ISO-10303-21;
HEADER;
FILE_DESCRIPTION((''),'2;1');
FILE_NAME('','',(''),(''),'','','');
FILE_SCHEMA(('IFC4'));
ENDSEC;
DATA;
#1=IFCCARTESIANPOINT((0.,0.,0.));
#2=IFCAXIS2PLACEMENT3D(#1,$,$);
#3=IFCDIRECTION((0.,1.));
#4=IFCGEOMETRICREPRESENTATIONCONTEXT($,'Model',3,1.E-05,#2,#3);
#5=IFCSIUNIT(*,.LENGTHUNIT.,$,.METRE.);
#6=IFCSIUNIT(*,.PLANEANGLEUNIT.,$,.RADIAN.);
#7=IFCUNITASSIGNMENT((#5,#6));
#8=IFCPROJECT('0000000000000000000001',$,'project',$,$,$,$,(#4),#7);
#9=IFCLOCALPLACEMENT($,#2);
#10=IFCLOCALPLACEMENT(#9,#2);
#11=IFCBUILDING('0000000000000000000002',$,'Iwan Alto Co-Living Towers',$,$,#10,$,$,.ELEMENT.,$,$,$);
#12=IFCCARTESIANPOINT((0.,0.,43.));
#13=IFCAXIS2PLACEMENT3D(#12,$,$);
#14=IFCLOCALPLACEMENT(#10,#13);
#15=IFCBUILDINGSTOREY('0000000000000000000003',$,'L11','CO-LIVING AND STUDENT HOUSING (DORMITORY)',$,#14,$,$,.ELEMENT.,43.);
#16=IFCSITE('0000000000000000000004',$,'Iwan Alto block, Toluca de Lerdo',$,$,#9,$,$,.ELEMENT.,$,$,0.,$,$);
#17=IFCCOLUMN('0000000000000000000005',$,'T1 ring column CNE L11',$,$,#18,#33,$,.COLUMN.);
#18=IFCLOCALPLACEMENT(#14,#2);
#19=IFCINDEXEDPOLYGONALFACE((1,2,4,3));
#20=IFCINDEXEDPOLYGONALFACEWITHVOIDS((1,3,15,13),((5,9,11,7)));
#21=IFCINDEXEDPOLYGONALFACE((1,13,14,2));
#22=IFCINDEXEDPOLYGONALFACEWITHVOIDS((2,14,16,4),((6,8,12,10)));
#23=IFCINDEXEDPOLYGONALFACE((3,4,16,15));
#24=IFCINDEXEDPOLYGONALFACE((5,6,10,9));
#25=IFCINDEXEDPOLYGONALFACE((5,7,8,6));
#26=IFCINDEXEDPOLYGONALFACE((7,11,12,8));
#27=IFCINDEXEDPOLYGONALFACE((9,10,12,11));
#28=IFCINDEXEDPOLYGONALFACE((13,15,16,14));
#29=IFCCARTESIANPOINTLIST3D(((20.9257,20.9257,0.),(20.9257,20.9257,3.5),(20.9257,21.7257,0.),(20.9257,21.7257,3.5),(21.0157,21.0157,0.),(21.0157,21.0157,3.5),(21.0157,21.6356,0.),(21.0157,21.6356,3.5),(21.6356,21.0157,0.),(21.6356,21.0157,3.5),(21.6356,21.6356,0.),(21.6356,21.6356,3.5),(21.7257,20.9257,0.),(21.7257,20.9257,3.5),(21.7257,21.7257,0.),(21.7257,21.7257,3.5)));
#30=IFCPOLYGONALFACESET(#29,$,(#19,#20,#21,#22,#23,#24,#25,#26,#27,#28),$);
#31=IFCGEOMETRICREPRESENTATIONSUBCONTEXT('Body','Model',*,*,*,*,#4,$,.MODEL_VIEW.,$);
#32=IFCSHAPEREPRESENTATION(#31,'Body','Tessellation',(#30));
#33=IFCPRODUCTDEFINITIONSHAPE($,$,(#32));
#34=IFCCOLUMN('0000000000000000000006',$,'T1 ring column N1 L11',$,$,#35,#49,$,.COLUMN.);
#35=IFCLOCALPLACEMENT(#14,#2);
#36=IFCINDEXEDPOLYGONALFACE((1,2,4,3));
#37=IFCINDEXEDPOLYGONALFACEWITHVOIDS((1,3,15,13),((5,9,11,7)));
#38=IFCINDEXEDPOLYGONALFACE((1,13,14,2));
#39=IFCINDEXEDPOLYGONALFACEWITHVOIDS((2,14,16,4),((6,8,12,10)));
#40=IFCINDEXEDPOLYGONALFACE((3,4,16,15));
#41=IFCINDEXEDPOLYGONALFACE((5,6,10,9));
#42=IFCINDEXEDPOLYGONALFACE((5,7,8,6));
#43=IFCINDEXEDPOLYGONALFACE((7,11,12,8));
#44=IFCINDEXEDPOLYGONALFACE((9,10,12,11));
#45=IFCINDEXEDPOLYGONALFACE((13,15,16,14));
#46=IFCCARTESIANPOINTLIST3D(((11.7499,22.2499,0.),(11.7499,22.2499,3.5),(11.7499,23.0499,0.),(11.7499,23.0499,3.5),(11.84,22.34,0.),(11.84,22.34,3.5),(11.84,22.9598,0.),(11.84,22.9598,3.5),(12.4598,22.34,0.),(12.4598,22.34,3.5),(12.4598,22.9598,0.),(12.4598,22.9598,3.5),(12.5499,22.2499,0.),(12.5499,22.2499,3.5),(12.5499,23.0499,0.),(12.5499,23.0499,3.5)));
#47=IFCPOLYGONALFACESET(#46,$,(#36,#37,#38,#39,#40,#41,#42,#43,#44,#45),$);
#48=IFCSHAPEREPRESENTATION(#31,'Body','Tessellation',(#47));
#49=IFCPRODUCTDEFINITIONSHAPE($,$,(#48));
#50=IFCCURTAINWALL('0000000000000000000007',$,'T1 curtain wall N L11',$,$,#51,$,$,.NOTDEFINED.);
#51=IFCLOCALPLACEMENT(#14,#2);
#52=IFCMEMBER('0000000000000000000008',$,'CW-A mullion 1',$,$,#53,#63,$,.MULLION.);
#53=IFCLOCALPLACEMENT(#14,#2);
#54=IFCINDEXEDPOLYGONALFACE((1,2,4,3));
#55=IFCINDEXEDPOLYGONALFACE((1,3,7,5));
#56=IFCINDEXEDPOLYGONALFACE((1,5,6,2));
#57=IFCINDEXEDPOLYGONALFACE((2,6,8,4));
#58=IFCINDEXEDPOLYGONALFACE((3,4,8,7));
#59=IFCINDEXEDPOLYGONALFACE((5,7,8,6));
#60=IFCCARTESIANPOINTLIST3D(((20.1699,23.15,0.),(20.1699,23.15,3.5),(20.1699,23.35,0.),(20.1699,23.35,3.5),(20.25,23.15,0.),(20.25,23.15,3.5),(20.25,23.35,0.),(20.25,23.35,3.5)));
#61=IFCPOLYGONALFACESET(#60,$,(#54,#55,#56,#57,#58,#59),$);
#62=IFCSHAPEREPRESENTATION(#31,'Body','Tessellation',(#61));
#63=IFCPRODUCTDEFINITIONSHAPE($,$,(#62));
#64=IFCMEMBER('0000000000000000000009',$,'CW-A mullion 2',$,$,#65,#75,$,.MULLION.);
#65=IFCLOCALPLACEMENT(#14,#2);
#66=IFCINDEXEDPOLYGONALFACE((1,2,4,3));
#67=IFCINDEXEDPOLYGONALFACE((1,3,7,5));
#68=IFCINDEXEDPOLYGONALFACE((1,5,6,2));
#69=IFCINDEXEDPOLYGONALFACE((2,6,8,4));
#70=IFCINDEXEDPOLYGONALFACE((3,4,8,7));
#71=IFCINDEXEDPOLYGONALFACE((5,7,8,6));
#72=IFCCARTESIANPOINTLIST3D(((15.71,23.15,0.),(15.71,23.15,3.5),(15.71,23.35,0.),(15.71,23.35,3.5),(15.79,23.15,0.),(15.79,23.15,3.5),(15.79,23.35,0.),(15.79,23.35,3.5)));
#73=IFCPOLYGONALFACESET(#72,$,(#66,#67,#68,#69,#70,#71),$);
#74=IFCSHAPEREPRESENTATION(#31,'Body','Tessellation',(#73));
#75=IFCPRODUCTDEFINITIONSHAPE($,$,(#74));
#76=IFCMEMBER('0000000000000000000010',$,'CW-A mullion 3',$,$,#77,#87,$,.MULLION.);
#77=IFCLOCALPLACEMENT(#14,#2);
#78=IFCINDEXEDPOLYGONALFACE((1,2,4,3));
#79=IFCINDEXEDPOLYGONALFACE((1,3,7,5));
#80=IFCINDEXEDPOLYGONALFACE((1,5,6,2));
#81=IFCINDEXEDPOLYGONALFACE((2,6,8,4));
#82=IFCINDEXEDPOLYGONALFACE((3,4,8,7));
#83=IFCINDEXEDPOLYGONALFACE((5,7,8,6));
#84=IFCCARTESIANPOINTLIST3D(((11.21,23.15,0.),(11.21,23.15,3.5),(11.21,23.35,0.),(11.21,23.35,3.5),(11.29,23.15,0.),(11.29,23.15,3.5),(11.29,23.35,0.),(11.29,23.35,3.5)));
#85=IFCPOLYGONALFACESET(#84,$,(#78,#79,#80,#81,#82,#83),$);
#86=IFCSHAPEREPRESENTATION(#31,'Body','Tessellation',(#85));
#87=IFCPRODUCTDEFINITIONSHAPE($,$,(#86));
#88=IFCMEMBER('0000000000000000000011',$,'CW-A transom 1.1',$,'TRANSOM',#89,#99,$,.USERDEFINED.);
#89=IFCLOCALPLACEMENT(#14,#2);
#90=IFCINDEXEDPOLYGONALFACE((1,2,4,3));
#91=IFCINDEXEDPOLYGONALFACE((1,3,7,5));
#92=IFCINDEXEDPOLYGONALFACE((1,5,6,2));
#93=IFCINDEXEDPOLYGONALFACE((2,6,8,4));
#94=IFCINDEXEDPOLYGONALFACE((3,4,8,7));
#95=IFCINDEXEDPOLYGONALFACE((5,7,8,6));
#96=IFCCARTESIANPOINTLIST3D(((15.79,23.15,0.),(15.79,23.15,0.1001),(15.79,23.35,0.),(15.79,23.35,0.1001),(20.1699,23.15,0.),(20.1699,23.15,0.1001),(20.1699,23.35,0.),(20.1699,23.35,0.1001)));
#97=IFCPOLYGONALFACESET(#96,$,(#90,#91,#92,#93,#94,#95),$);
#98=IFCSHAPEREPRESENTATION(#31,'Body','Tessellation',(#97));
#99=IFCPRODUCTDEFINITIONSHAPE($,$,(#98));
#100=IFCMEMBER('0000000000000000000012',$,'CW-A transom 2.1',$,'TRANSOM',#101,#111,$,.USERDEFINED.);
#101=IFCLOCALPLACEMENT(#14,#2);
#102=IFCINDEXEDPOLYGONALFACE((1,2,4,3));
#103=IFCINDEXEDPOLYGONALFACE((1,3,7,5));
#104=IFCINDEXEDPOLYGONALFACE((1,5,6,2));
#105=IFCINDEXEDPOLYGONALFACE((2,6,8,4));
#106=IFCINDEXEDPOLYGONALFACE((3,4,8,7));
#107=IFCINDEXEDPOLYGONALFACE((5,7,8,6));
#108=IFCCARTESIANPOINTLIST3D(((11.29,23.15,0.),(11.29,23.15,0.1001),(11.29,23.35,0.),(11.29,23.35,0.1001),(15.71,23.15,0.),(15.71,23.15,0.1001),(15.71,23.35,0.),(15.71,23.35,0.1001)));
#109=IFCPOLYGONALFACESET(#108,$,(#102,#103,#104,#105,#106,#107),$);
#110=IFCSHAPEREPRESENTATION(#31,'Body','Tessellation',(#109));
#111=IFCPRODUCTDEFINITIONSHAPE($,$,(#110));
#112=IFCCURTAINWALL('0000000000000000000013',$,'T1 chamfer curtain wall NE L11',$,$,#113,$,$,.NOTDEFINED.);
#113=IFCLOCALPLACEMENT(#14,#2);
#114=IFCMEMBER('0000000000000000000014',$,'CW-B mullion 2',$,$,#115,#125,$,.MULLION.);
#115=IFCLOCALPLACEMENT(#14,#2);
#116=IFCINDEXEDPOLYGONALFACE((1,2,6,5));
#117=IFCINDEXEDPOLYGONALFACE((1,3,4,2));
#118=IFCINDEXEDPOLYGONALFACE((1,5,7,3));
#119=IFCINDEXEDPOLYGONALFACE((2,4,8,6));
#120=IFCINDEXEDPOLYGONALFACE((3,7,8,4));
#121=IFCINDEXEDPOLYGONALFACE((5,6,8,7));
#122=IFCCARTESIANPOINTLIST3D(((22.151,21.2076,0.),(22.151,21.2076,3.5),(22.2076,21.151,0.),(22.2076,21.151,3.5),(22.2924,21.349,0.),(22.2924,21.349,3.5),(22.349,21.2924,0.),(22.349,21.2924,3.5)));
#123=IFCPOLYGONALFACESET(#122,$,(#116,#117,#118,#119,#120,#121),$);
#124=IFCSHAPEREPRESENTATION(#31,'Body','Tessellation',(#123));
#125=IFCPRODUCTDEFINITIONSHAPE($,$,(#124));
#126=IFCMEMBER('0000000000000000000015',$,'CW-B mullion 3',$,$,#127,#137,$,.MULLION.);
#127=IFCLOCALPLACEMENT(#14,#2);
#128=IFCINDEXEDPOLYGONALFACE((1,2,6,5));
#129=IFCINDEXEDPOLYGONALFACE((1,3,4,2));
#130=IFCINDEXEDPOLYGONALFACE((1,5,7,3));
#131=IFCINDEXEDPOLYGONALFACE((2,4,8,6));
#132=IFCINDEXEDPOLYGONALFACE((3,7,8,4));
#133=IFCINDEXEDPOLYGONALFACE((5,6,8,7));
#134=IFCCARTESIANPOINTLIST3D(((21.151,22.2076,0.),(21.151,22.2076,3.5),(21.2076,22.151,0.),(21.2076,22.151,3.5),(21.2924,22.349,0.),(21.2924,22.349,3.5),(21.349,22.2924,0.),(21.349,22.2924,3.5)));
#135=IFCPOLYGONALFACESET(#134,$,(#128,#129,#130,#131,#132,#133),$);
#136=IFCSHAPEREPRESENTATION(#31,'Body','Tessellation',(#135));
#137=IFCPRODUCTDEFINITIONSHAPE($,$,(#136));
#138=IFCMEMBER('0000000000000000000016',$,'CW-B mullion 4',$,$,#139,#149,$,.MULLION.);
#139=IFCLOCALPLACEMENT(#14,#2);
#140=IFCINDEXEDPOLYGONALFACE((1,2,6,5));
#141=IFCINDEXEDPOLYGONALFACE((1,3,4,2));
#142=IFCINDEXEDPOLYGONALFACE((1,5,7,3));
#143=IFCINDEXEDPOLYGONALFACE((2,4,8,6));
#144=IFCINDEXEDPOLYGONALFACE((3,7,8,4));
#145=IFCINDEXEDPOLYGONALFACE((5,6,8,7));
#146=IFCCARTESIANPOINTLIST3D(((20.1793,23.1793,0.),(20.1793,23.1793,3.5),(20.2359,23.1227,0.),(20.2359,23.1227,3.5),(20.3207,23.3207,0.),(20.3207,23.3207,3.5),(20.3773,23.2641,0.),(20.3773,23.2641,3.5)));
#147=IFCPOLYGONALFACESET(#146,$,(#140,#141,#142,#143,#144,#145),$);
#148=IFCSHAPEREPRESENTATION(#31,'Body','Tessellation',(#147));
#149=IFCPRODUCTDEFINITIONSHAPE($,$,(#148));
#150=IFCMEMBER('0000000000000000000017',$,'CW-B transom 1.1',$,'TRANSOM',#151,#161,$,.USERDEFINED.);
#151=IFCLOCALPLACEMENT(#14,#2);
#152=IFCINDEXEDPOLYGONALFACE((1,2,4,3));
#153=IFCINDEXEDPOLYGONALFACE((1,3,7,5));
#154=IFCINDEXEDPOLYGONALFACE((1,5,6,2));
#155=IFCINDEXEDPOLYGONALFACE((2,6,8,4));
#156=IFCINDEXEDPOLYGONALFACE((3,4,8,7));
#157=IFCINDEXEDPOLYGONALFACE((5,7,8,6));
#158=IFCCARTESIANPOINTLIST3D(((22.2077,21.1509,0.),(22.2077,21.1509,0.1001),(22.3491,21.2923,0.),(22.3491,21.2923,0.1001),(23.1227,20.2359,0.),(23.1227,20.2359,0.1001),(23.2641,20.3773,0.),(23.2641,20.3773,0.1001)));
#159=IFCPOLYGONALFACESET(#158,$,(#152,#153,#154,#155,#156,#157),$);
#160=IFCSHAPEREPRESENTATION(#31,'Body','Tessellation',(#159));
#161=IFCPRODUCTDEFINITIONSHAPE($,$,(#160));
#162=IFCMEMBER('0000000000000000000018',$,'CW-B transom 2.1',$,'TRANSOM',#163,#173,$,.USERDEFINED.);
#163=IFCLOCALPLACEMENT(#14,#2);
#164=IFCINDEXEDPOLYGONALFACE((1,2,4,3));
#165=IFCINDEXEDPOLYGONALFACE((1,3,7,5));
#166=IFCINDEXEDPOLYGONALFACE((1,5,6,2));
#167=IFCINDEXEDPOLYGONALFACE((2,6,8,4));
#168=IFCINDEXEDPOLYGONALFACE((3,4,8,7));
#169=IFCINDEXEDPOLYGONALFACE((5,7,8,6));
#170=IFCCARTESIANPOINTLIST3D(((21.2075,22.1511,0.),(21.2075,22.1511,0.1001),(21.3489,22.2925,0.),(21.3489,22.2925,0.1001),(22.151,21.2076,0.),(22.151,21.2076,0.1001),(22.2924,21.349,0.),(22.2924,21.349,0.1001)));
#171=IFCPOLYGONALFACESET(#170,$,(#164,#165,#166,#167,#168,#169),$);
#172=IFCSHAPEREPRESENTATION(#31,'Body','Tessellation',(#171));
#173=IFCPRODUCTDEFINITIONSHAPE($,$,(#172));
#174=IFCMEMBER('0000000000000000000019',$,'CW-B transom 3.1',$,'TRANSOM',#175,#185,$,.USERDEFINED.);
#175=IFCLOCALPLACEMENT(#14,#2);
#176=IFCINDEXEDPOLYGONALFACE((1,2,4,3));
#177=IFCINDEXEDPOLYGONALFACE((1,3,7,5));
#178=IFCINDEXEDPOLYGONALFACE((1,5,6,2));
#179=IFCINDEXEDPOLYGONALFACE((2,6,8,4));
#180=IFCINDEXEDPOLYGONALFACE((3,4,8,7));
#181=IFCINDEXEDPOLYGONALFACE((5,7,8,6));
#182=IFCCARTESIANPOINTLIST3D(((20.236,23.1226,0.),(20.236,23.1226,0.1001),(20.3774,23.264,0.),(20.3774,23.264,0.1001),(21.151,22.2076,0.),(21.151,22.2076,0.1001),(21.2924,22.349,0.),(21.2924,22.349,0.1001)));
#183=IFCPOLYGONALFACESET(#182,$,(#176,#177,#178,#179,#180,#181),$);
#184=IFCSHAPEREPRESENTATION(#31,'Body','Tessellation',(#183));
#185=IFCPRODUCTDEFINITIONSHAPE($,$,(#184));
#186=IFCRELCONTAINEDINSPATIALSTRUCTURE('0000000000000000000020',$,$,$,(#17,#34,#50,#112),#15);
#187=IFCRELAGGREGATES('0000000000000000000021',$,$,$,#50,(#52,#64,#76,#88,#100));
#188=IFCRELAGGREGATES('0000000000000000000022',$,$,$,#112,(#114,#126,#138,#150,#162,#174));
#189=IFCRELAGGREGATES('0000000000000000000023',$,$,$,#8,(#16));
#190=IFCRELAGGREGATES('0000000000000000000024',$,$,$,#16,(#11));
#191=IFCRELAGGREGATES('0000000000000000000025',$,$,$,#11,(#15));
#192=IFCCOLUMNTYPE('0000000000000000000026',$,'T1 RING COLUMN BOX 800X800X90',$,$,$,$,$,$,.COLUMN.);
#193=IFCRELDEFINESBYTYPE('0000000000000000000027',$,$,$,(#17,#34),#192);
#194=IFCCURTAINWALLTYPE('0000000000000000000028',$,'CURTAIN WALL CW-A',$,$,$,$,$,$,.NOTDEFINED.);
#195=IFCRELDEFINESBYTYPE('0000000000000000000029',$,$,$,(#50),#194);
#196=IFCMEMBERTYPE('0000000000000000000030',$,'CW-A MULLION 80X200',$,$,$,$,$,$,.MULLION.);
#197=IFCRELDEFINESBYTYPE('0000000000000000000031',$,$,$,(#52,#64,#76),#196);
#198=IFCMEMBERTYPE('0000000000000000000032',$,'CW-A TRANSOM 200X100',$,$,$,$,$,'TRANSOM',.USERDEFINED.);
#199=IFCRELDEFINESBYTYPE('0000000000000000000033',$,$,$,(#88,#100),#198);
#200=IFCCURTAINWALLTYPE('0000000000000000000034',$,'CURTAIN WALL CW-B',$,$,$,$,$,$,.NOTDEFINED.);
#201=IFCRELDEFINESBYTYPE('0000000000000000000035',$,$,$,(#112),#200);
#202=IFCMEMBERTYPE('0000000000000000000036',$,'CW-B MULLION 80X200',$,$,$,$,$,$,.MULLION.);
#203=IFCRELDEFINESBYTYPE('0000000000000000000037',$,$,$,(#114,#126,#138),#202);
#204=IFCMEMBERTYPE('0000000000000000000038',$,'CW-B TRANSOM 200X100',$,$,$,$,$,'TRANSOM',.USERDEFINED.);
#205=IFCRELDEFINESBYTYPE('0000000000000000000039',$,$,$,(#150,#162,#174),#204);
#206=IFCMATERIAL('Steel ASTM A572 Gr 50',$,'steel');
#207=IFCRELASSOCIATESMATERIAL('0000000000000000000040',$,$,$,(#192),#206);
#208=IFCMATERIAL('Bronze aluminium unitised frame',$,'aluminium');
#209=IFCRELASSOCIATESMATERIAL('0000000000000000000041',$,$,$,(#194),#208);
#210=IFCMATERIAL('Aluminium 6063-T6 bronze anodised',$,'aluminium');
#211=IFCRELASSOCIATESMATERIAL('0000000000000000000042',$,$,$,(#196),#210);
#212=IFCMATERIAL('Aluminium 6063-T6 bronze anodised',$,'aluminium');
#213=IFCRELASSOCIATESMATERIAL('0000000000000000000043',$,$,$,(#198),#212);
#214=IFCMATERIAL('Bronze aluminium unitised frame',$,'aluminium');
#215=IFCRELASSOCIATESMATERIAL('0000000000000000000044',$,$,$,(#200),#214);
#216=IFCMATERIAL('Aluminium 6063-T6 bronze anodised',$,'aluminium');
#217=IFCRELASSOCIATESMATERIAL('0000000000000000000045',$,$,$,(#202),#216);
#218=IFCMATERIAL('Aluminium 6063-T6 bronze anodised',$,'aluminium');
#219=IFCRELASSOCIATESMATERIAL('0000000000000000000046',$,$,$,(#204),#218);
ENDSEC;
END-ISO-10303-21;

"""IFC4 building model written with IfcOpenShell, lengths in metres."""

from ifc_helpers import new_model, si_unit, direction, frame, origin, origin_2d, place, context, subcontext, project, spatial, rectangle, hollow_rectangle, extrude, material, material_profile, profile_set, type_object, element, aggregate, save


model = new_model("IFC4")

# Units and contexts
model_context = context("Model", 3, precision=1e-05, world=origin(), true_north=direction((0.0, 1.0)))
body_context = subcontext(model_context, "Body", "Model", "MODEL_VIEW")
ifc_project = project(units=[si_unit("LENGTHUNIT", "METRE"), si_unit("PLANEANGLEUNIT", "RADIAN")], contexts=[model_context])

# Site, building, storey
site_placement = place(None, origin())
site = spatial("IfcSite", under=ifc_project, at=site_placement, Name="Iwan Alto block, Toluca de Lerdo", CompositionType="ELEMENT", RefElevation=0.0)
building_placement = place(site_placement, origin())
building = spatial("IfcBuilding", under=site, at=building_placement, Name="Iwan Alto Co-Living Towers", CompositionType="ELEMENT")
storey_placement = place(building_placement, frame((0.0, 0.0, 43.0)))
storey = spatial("IfcBuildingStorey", under=building, at=storey_placement, Name="L11", Description="CO-LIVING AND STUDENT HOUSING (DORMITORY)", CompositionType="ELEMENT", Elevation=43.0)

# Columns
ifc_material_1 = material(Name="Steel ASTM A572 Gr 50", Category="steel")
ifc_material_profile_1 = material_profile(ifc_material_1, hollow_rectangle(XDim=0.8, YDim=0.8, WallThickness=0.0901, at=origin_2d()), Name="BOX 800X800X90")
ifc_profile_set_1 = profile_set([ifc_material_profile_1], Name="Steel ASTM A572 Gr 50")
column_type = type_object("IfcColumnType", Name="T1 RING COLUMN BOX 800X800X90", PredefinedType="COLUMN", material=ifc_profile_set_1)
for number, where, z_axis, x_axis, name in (
    (1, (21.3257, 21.3257, 0.0), (0.0, 0.0, 1.0), (1.0, 0.0, 0.0), "T1 ring column CNE L11"),
    (2, (12.1499, 22.6499, 0.0), (0.0, 0.0, 1.0), (1.0, 0.0, 0.0), "T1 ring column N1 L11"),
):
    element("IfcColumn", number, at=place(storey_placement, frame(where, z_axis=z_axis, x_axis=x_axis)), inside=storey, type_object=column_type, Name=name, PredefinedType="COLUMN", context=body_context, shape_type="SweptSolid", body=[
        extrude(hollow_rectangle(XDim=0.8, YDim=0.8, WallThickness=0.0901, at=origin_2d()), origin(), (0.0, 0.0, 1.0), 3.5),
    ])

# Curtain walls, members
ifc_material_2 = material(Name="Bronze aluminium unitised frame", Category="aluminium")
curtain_wall_type_1 = type_object("IfcCurtainWallType", Name="CURTAIN WALL CW-A", PredefinedType="NOTDEFINED", material=ifc_material_2)
curtain_wall_1_placement = place(storey_placement, origin())
curtain_wall_1 = element("IfcCurtainWall", 3, at=curtain_wall_1_placement, inside=storey, type_object=curtain_wall_type_1, Name="T1 curtain wall N L11", PredefinedType="NOTDEFINED")
ifc_material_3 = material(Name="Aluminium 6063-T6 bronze anodised", Category="aluminium")
ifc_material_profile_2 = material_profile(ifc_material_3, rectangle(XDim=0.2, YDim=0.0801, at=origin_2d()), Name="AL 80X200")
ifc_profile_set_2 = profile_set([ifc_material_profile_2], Name="Aluminium 6063-T6 bronze anodised")
member_type_1 = type_object("IfcMemberType", Name="CW-A MULLION 80X200", PredefinedType="MULLION", material=ifc_profile_set_2)
member_1_placement = place(storey_placement, frame((20.21, 23.25, 0.0), z_axis=(0.0, 0.0, 1.0), x_axis=(0.0, -1.0, 0.0)))
member_1 = element("IfcMember", 4, at=member_1_placement, type_object=member_type_1, Name="CW-A mullion 1", PredefinedType="MULLION", context=body_context, shape_type="SweptSolid", body=[
    extrude(rectangle(XDim=0.2, YDim=0.0801, at=origin_2d()), origin(), (0.0, 0.0, 1.0), 3.5),
])
member_2_placement = place(storey_placement, frame((15.75, 23.25, 0.0), z_axis=(0.0, 0.0, 1.0), x_axis=(0.0, -1.0, 0.0)))
member_2 = element("IfcMember", 5, at=member_2_placement, type_object=member_type_1, Name="CW-A mullion 2", PredefinedType="MULLION", context=body_context, shape_type="SweptSolid", body=[
    extrude(rectangle(XDim=0.2, YDim=0.0801, at=origin_2d()), origin(), (0.0, 0.0, 1.0), 3.5),
])
member_3_placement = place(storey_placement, frame((11.25, 23.25, 0.0), z_axis=(0.0, 0.0, 1.0), x_axis=(0.0, -1.0, 0.0)))
member_3 = element("IfcMember", 6, at=member_3_placement, type_object=member_type_1, Name="CW-A mullion 3", PredefinedType="MULLION", context=body_context, shape_type="SweptSolid", body=[
    extrude(rectangle(XDim=0.2, YDim=0.0801, at=origin_2d()), origin(), (0.0, 0.0, 1.0), 3.5),
])
ifc_material_4 = material(Name="Aluminium 6063-T6 bronze anodised", Category="aluminium")
ifc_material_profile_3 = material_profile(ifc_material_4, rectangle(XDim=0.2, YDim=0.1001, at=origin_2d()), Name="AL 200X100")
ifc_profile_set_3 = profile_set([ifc_material_profile_3], Name="Aluminium 6063-T6 bronze anodised")
member_type_2 = type_object("IfcMemberType", Name="CW-A TRANSOM 200X100", ElementType="TRANSOM", PredefinedType="USERDEFINED", material=ifc_profile_set_3)
member_4_placement = place(storey_placement, frame((20.1699, 23.25, 0.05), z_axis=(-1.0, 0.0, 0.0), x_axis=(0.0, -1.0, 0.0)))
member_4 = element("IfcMember", 7, at=member_4_placement, type_object=member_type_2, Name="CW-A transom 1.1", ObjectType="TRANSOM", PredefinedType="USERDEFINED", context=body_context, shape_type="SweptSolid", body=[
    extrude(rectangle(XDim=0.2, YDim=0.1001, at=origin_2d()), origin(), (0.0, 0.0, 1.0), 4.3799),
])
member_5_placement = place(storey_placement, frame((15.71, 23.25, 0.05), z_axis=(-1.0, 0.0, 0.0), x_axis=(0.0, -1.0, 0.0)))
member_5 = element("IfcMember", 8, at=member_5_placement, type_object=member_type_2, Name="CW-A transom 2.1", ObjectType="TRANSOM", PredefinedType="USERDEFINED", context=body_context, shape_type="SweptSolid", body=[
    extrude(rectangle(XDim=0.2, YDim=0.1001, at=origin_2d()), origin(), (0.0, 0.0, 1.0), 4.4199),
])
ifc_material_5 = material(Name="Bronze aluminium unitised frame", Category="aluminium")
curtain_wall_type_2 = type_object("IfcCurtainWallType", Name="CURTAIN WALL CW-B", PredefinedType="NOTDEFINED", material=ifc_material_5)
curtain_wall_2_placement = place(storey_placement, origin())
curtain_wall_2 = element("IfcCurtainWall", 9, at=curtain_wall_2_placement, inside=storey, type_object=curtain_wall_type_2, Name="T1 chamfer curtain wall NE L11", PredefinedType="NOTDEFINED")
ifc_material_6 = material(Name="Aluminium 6063-T6 bronze anodised", Category="aluminium")
ifc_material_profile_4 = material_profile(ifc_material_6, rectangle(XDim=0.2, YDim=0.0801, at=origin_2d()), Name="AL 80X200")
ifc_profile_set_4 = profile_set([ifc_material_profile_4], Name="Aluminium 6063-T6 bronze anodised")
member_type_3 = type_object("IfcMemberType", Name="CW-B MULLION 80X200", PredefinedType="MULLION", material=ifc_profile_set_4)
member_6_placement = place(storey_placement, frame((22.25, 21.25, 0.0), z_axis=(0.0, 0.0, 1.0), x_axis=(-0.707107, -0.707107, 0.0)))
member_6 = element("IfcMember", 10, at=member_6_placement, type_object=member_type_3, Name="CW-B mullion 2", PredefinedType="MULLION", context=body_context, shape_type="SweptSolid", body=[
    extrude(rectangle(XDim=0.2, YDim=0.0801, at=origin_2d()), origin(), (0.0, 0.0, 1.0), 3.5),
])
member_7_placement = place(storey_placement, frame((21.25, 22.25, 0.0), z_axis=(0.0, 0.0, 1.0), x_axis=(-0.707107, -0.707107, 0.0)))
member_7 = element("IfcMember", 11, at=member_7_placement, type_object=member_type_3, Name="CW-B mullion 3", PredefinedType="MULLION", context=body_context, shape_type="SweptSolid", body=[
    extrude(rectangle(XDim=0.2, YDim=0.0801, at=origin_2d()), origin(), (0.0, 0.0, 1.0), 3.5),
])
member_8_placement = place(storey_placement, frame((20.2783, 23.2217, 0.0), z_axis=(0.0, 0.0, 1.0), x_axis=(-0.707107, -0.707107, 0.0)))
member_8 = element("IfcMember", 12, at=member_8_placement, type_object=member_type_3, Name="CW-B mullion 4", PredefinedType="MULLION", context=body_context, shape_type="SweptSolid", body=[
    extrude(rectangle(XDim=0.2, YDim=0.0801, at=origin_2d()), origin(), (0.0, 0.0, 1.0), 3.5),
])
ifc_material_7 = material(Name="Aluminium 6063-T6 bronze anodised", Category="aluminium")
ifc_material_profile_5 = material_profile(ifc_material_7, rectangle(XDim=0.2, YDim=0.1001, at=origin_2d()), Name="AL 200X100")
ifc_profile_set_5 = profile_set([ifc_material_profile_5], Name="Aluminium 6063-T6 bronze anodised")
member_type_4 = type_object("IfcMemberType", Name="CW-B TRANSOM 200X100", ElementType="TRANSOM", PredefinedType="USERDEFINED", material=ifc_profile_set_5)
member_9_placement = place(storey_placement, frame((23.1934, 20.3066, 0.05), z_axis=(-0.707107, 0.707107, 0.0), x_axis=(-0.707107, -0.707107, 0.0)))
member_9 = element("IfcMember", 13, at=member_9_placement, type_object=member_type_4, Name="CW-B transom 1.1", ObjectType="TRANSOM", PredefinedType="USERDEFINED", context=body_context, shape_type="SweptSolid", body=[
    extrude(rectangle(XDim=0.2, YDim=0.1001, at=origin_2d()), origin(), (0.0, 0.0, 1.0), 1.2939),
])
member_10_placement = place(storey_placement, frame((22.2217, 21.2783, 0.05), z_axis=(-0.707107, 0.707107, 0.0), x_axis=(-0.707107, -0.707107, 0.0)))
member_10 = element("IfcMember", 14, at=member_10_placement, type_object=member_type_4, Name="CW-B transom 2.1", ObjectType="TRANSOM", PredefinedType="USERDEFINED", context=body_context, shape_type="SweptSolid", body=[
    extrude(rectangle(XDim=0.2, YDim=0.1001, at=origin_2d()), origin(), (0.0, 0.0, 1.0), 1.3342),
])
member_11_placement = place(storey_placement, frame((21.2217, 22.2783, 0.05), z_axis=(-0.707107, 0.707107, 0.0), x_axis=(-0.707107, -0.707107, 0.0)))
member_11 = element("IfcMember", 15, at=member_11_placement, type_object=member_type_4, Name="CW-B transom 3.1", ObjectType="TRANSOM", PredefinedType="USERDEFINED", context=body_context, shape_type="SweptSolid", body=[
    extrude(rectangle(XDim=0.2, YDim=0.1001, at=origin_2d()), origin(), (0.0, 0.0, 1.0), 1.2939),
])

aggregate(curtain_wall_1, [member_1, member_2, member_3, member_4, member_5])
aggregate(curtain_wall_2, [member_6, member_7, member_8, member_9, member_10, member_11])

save(model, "model.ifc")
